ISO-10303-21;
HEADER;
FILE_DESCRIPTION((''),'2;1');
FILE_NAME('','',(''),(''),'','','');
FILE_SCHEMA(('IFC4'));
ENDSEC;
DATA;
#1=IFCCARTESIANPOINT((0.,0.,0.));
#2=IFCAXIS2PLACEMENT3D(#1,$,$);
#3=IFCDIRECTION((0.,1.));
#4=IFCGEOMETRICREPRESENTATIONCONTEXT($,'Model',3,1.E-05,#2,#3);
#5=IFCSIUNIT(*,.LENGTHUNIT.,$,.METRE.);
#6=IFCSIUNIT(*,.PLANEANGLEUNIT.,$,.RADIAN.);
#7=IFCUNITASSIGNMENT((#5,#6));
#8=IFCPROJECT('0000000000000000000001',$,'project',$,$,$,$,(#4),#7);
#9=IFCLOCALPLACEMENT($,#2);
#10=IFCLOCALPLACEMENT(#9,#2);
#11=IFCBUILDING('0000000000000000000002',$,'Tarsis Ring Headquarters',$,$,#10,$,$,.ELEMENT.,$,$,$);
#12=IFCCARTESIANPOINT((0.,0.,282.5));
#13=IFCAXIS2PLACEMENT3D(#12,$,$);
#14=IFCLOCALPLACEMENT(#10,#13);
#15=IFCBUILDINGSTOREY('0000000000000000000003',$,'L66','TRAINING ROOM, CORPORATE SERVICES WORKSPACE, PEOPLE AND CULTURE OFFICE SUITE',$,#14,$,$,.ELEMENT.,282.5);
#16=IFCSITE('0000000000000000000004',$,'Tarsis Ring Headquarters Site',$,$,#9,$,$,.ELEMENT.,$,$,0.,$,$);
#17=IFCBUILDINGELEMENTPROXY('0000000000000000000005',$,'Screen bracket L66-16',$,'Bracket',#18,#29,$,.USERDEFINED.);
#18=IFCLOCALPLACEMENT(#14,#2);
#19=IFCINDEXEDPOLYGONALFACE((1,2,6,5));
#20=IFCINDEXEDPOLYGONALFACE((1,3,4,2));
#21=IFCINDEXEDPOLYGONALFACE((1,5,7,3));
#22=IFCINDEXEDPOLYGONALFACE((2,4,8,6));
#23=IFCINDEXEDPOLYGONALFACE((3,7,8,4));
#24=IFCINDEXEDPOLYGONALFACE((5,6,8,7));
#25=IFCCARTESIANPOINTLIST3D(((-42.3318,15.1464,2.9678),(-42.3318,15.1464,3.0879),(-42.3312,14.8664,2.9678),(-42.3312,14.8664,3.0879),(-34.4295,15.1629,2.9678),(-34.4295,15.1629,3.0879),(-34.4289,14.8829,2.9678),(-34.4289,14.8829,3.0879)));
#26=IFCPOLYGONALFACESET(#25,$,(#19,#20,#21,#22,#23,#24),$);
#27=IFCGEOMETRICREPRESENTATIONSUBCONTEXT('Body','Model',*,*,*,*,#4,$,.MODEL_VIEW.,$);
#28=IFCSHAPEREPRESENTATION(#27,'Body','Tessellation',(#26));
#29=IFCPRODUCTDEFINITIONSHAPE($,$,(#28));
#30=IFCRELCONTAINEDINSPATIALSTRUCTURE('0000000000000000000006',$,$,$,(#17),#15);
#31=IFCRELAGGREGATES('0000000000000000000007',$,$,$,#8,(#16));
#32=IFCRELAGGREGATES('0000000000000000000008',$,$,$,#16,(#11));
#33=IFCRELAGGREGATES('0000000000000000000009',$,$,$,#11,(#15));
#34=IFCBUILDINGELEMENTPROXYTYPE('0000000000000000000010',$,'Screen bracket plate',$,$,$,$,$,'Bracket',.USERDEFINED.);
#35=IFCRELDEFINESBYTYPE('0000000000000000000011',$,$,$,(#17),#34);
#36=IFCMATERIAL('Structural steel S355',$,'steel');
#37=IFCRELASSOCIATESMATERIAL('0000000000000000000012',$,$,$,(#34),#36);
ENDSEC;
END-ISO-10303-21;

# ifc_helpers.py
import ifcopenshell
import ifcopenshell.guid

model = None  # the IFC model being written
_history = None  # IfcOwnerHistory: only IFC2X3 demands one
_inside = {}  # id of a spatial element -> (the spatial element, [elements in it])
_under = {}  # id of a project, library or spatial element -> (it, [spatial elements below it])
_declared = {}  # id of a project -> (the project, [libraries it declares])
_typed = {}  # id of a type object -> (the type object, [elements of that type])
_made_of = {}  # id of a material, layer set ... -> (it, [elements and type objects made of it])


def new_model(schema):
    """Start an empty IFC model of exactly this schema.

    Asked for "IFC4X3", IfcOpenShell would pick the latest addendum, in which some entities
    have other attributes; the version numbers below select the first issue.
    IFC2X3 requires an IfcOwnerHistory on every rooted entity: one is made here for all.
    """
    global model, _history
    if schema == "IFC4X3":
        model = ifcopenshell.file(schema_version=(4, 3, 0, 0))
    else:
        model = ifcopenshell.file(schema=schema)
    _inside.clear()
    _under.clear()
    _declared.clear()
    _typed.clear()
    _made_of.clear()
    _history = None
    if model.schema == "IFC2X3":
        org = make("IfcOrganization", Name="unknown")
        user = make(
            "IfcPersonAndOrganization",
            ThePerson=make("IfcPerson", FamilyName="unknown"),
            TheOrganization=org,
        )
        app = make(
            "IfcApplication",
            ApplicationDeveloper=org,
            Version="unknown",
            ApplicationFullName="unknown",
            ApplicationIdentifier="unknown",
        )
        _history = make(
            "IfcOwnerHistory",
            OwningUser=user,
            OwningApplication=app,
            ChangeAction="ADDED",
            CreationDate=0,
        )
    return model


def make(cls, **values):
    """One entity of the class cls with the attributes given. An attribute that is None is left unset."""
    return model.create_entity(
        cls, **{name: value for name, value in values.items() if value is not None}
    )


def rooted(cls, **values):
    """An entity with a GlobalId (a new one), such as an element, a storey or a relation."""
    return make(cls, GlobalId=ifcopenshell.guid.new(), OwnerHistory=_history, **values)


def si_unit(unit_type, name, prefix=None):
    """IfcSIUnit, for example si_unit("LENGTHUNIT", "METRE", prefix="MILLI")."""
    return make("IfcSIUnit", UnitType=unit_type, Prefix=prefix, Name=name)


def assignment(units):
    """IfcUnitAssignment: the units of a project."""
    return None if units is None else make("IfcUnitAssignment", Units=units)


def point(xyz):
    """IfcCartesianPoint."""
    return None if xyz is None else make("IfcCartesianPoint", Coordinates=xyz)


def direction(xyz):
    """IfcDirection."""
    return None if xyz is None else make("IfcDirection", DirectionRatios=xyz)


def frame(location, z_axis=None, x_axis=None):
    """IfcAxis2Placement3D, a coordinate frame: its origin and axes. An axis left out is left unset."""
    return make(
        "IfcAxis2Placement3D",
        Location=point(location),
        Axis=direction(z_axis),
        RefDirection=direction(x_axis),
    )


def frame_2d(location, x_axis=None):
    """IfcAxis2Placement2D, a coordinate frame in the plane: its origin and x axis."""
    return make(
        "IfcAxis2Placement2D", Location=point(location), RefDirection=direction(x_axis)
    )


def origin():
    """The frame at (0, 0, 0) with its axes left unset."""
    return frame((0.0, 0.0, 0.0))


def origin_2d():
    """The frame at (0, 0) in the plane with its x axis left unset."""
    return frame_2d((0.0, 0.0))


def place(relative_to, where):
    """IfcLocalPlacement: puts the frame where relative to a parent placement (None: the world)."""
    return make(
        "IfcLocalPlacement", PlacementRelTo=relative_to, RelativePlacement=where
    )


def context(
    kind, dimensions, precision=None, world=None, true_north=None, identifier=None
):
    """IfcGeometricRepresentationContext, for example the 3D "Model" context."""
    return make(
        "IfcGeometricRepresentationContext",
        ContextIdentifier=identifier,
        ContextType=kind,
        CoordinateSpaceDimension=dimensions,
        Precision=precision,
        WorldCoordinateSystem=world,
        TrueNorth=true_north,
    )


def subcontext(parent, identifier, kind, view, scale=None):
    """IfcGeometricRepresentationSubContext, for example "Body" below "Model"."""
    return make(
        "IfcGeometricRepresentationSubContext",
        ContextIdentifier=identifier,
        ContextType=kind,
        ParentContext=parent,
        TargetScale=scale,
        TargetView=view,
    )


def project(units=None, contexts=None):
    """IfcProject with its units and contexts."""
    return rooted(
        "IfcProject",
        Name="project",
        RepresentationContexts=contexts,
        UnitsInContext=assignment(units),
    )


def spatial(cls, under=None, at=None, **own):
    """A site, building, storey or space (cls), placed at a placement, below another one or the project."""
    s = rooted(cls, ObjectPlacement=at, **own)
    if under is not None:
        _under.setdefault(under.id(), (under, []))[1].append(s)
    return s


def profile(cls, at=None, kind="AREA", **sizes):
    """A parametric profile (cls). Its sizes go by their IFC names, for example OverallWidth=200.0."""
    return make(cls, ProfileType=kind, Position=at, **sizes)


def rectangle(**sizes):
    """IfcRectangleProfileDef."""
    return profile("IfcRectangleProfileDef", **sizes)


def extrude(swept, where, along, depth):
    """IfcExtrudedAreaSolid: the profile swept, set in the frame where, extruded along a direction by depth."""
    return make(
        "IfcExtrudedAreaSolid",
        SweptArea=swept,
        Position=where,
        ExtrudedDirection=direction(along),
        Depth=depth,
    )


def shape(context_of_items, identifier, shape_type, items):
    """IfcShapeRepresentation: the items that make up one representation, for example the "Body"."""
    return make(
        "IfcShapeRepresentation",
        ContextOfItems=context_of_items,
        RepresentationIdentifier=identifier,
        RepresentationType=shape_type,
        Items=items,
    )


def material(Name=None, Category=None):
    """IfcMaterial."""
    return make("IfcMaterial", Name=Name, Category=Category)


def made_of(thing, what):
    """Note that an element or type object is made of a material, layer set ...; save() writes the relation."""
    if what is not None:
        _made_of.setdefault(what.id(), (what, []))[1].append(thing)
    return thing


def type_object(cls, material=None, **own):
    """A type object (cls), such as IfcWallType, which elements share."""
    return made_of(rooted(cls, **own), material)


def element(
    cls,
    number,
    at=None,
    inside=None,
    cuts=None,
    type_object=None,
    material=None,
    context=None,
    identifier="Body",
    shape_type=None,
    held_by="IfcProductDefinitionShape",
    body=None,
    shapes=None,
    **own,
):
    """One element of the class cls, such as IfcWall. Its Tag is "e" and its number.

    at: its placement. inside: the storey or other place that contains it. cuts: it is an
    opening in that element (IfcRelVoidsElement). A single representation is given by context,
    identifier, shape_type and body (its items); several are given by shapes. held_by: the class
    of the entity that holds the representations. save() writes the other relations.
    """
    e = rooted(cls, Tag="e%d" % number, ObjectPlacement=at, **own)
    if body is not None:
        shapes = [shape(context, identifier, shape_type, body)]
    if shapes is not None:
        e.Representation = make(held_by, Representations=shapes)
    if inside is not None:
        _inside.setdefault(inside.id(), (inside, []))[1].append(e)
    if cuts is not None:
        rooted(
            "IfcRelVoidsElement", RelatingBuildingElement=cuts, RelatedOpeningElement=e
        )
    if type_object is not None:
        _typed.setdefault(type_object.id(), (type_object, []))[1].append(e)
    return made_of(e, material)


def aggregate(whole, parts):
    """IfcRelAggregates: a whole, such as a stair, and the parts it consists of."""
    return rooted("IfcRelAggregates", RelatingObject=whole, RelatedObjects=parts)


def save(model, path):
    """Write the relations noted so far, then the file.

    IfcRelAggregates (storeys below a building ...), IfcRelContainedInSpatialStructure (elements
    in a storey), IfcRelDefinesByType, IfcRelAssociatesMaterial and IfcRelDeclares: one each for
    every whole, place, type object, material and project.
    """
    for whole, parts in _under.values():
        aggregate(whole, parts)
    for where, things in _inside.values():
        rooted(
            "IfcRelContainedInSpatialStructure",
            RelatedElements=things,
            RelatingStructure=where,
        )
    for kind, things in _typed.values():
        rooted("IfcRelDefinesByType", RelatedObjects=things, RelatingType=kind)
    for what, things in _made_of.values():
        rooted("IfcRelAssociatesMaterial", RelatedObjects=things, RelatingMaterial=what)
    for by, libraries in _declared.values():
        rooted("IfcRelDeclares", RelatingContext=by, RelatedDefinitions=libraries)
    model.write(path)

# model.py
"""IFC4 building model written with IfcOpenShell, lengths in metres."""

from ifc_helpers import new_model, si_unit, direction, frame, origin, origin_2d, place, context, subcontext, project, spatial, rectangle, extrude, material, type_object, element, save


model = new_model("IFC4")

# Units and contexts
model_context = context("Model", 3, precision=1e-05, world=origin(), true_north=direction((0.0, 1.0)))
body_context = subcontext(model_context, "Body", "Model", "MODEL_VIEW")
ifc_project = project(units=[si_unit("LENGTHUNIT", "METRE"), si_unit("PLANEANGLEUNIT", "RADIAN")], contexts=[model_context])

# Site, building, storey
site_placement = place(None, origin())
site = spatial("IfcSite", under=ifc_project, at=site_placement, Name="Tarsis Ring Headquarters Site", CompositionType="ELEMENT", RefElevation=0.0)
building_placement = place(site_placement, origin())
building = spatial("IfcBuilding", under=site, at=building_placement, Name="Tarsis Ring Headquarters", CompositionType="ELEMENT")
storey_placement = place(building_placement, frame((0.0, 0.0, 282.5)))
storey = spatial("IfcBuildingStorey", under=building, at=storey_placement, Name="L66", Description="TRAINING ROOM, CORPORATE SERVICES WORKSPACE, PEOPLE AND CULTURE OFFICE SUITE", CompositionType="ELEMENT", Elevation=282.5)

# Shared definitions
ifc_material_1 = material(Name="Structural steel S355", Category="steel")

# Building element proxy
building_element_proxy_type = type_object("IfcBuildingElementProxyType", Name="Screen bracket plate", ElementType="Bracket", PredefinedType="USERDEFINED", material=ifc_material_1)
proxy_placement = place(storey_placement, frame((-38.3804, 15.0146, 2.9678), z_axis=(0.0, 0.0, 1.0), x_axis=(-0.999998, -0.002094, 0.0)))
element("IfcBuildingElementProxy", 1, at=proxy_placement, inside=storey, type_object=building_element_proxy_type, Name="Screen bracket L66-16", ObjectType="Bracket", PredefinedType="USERDEFINED", context=body_context, shape_type="SweptSolid", body=[
    extrude(rectangle(XDim=7.9023, YDim=0.28, at=origin_2d()), origin(), (0.0, 0.0, 1.0), 0.1201),
])

save(model, "model.ifc")
